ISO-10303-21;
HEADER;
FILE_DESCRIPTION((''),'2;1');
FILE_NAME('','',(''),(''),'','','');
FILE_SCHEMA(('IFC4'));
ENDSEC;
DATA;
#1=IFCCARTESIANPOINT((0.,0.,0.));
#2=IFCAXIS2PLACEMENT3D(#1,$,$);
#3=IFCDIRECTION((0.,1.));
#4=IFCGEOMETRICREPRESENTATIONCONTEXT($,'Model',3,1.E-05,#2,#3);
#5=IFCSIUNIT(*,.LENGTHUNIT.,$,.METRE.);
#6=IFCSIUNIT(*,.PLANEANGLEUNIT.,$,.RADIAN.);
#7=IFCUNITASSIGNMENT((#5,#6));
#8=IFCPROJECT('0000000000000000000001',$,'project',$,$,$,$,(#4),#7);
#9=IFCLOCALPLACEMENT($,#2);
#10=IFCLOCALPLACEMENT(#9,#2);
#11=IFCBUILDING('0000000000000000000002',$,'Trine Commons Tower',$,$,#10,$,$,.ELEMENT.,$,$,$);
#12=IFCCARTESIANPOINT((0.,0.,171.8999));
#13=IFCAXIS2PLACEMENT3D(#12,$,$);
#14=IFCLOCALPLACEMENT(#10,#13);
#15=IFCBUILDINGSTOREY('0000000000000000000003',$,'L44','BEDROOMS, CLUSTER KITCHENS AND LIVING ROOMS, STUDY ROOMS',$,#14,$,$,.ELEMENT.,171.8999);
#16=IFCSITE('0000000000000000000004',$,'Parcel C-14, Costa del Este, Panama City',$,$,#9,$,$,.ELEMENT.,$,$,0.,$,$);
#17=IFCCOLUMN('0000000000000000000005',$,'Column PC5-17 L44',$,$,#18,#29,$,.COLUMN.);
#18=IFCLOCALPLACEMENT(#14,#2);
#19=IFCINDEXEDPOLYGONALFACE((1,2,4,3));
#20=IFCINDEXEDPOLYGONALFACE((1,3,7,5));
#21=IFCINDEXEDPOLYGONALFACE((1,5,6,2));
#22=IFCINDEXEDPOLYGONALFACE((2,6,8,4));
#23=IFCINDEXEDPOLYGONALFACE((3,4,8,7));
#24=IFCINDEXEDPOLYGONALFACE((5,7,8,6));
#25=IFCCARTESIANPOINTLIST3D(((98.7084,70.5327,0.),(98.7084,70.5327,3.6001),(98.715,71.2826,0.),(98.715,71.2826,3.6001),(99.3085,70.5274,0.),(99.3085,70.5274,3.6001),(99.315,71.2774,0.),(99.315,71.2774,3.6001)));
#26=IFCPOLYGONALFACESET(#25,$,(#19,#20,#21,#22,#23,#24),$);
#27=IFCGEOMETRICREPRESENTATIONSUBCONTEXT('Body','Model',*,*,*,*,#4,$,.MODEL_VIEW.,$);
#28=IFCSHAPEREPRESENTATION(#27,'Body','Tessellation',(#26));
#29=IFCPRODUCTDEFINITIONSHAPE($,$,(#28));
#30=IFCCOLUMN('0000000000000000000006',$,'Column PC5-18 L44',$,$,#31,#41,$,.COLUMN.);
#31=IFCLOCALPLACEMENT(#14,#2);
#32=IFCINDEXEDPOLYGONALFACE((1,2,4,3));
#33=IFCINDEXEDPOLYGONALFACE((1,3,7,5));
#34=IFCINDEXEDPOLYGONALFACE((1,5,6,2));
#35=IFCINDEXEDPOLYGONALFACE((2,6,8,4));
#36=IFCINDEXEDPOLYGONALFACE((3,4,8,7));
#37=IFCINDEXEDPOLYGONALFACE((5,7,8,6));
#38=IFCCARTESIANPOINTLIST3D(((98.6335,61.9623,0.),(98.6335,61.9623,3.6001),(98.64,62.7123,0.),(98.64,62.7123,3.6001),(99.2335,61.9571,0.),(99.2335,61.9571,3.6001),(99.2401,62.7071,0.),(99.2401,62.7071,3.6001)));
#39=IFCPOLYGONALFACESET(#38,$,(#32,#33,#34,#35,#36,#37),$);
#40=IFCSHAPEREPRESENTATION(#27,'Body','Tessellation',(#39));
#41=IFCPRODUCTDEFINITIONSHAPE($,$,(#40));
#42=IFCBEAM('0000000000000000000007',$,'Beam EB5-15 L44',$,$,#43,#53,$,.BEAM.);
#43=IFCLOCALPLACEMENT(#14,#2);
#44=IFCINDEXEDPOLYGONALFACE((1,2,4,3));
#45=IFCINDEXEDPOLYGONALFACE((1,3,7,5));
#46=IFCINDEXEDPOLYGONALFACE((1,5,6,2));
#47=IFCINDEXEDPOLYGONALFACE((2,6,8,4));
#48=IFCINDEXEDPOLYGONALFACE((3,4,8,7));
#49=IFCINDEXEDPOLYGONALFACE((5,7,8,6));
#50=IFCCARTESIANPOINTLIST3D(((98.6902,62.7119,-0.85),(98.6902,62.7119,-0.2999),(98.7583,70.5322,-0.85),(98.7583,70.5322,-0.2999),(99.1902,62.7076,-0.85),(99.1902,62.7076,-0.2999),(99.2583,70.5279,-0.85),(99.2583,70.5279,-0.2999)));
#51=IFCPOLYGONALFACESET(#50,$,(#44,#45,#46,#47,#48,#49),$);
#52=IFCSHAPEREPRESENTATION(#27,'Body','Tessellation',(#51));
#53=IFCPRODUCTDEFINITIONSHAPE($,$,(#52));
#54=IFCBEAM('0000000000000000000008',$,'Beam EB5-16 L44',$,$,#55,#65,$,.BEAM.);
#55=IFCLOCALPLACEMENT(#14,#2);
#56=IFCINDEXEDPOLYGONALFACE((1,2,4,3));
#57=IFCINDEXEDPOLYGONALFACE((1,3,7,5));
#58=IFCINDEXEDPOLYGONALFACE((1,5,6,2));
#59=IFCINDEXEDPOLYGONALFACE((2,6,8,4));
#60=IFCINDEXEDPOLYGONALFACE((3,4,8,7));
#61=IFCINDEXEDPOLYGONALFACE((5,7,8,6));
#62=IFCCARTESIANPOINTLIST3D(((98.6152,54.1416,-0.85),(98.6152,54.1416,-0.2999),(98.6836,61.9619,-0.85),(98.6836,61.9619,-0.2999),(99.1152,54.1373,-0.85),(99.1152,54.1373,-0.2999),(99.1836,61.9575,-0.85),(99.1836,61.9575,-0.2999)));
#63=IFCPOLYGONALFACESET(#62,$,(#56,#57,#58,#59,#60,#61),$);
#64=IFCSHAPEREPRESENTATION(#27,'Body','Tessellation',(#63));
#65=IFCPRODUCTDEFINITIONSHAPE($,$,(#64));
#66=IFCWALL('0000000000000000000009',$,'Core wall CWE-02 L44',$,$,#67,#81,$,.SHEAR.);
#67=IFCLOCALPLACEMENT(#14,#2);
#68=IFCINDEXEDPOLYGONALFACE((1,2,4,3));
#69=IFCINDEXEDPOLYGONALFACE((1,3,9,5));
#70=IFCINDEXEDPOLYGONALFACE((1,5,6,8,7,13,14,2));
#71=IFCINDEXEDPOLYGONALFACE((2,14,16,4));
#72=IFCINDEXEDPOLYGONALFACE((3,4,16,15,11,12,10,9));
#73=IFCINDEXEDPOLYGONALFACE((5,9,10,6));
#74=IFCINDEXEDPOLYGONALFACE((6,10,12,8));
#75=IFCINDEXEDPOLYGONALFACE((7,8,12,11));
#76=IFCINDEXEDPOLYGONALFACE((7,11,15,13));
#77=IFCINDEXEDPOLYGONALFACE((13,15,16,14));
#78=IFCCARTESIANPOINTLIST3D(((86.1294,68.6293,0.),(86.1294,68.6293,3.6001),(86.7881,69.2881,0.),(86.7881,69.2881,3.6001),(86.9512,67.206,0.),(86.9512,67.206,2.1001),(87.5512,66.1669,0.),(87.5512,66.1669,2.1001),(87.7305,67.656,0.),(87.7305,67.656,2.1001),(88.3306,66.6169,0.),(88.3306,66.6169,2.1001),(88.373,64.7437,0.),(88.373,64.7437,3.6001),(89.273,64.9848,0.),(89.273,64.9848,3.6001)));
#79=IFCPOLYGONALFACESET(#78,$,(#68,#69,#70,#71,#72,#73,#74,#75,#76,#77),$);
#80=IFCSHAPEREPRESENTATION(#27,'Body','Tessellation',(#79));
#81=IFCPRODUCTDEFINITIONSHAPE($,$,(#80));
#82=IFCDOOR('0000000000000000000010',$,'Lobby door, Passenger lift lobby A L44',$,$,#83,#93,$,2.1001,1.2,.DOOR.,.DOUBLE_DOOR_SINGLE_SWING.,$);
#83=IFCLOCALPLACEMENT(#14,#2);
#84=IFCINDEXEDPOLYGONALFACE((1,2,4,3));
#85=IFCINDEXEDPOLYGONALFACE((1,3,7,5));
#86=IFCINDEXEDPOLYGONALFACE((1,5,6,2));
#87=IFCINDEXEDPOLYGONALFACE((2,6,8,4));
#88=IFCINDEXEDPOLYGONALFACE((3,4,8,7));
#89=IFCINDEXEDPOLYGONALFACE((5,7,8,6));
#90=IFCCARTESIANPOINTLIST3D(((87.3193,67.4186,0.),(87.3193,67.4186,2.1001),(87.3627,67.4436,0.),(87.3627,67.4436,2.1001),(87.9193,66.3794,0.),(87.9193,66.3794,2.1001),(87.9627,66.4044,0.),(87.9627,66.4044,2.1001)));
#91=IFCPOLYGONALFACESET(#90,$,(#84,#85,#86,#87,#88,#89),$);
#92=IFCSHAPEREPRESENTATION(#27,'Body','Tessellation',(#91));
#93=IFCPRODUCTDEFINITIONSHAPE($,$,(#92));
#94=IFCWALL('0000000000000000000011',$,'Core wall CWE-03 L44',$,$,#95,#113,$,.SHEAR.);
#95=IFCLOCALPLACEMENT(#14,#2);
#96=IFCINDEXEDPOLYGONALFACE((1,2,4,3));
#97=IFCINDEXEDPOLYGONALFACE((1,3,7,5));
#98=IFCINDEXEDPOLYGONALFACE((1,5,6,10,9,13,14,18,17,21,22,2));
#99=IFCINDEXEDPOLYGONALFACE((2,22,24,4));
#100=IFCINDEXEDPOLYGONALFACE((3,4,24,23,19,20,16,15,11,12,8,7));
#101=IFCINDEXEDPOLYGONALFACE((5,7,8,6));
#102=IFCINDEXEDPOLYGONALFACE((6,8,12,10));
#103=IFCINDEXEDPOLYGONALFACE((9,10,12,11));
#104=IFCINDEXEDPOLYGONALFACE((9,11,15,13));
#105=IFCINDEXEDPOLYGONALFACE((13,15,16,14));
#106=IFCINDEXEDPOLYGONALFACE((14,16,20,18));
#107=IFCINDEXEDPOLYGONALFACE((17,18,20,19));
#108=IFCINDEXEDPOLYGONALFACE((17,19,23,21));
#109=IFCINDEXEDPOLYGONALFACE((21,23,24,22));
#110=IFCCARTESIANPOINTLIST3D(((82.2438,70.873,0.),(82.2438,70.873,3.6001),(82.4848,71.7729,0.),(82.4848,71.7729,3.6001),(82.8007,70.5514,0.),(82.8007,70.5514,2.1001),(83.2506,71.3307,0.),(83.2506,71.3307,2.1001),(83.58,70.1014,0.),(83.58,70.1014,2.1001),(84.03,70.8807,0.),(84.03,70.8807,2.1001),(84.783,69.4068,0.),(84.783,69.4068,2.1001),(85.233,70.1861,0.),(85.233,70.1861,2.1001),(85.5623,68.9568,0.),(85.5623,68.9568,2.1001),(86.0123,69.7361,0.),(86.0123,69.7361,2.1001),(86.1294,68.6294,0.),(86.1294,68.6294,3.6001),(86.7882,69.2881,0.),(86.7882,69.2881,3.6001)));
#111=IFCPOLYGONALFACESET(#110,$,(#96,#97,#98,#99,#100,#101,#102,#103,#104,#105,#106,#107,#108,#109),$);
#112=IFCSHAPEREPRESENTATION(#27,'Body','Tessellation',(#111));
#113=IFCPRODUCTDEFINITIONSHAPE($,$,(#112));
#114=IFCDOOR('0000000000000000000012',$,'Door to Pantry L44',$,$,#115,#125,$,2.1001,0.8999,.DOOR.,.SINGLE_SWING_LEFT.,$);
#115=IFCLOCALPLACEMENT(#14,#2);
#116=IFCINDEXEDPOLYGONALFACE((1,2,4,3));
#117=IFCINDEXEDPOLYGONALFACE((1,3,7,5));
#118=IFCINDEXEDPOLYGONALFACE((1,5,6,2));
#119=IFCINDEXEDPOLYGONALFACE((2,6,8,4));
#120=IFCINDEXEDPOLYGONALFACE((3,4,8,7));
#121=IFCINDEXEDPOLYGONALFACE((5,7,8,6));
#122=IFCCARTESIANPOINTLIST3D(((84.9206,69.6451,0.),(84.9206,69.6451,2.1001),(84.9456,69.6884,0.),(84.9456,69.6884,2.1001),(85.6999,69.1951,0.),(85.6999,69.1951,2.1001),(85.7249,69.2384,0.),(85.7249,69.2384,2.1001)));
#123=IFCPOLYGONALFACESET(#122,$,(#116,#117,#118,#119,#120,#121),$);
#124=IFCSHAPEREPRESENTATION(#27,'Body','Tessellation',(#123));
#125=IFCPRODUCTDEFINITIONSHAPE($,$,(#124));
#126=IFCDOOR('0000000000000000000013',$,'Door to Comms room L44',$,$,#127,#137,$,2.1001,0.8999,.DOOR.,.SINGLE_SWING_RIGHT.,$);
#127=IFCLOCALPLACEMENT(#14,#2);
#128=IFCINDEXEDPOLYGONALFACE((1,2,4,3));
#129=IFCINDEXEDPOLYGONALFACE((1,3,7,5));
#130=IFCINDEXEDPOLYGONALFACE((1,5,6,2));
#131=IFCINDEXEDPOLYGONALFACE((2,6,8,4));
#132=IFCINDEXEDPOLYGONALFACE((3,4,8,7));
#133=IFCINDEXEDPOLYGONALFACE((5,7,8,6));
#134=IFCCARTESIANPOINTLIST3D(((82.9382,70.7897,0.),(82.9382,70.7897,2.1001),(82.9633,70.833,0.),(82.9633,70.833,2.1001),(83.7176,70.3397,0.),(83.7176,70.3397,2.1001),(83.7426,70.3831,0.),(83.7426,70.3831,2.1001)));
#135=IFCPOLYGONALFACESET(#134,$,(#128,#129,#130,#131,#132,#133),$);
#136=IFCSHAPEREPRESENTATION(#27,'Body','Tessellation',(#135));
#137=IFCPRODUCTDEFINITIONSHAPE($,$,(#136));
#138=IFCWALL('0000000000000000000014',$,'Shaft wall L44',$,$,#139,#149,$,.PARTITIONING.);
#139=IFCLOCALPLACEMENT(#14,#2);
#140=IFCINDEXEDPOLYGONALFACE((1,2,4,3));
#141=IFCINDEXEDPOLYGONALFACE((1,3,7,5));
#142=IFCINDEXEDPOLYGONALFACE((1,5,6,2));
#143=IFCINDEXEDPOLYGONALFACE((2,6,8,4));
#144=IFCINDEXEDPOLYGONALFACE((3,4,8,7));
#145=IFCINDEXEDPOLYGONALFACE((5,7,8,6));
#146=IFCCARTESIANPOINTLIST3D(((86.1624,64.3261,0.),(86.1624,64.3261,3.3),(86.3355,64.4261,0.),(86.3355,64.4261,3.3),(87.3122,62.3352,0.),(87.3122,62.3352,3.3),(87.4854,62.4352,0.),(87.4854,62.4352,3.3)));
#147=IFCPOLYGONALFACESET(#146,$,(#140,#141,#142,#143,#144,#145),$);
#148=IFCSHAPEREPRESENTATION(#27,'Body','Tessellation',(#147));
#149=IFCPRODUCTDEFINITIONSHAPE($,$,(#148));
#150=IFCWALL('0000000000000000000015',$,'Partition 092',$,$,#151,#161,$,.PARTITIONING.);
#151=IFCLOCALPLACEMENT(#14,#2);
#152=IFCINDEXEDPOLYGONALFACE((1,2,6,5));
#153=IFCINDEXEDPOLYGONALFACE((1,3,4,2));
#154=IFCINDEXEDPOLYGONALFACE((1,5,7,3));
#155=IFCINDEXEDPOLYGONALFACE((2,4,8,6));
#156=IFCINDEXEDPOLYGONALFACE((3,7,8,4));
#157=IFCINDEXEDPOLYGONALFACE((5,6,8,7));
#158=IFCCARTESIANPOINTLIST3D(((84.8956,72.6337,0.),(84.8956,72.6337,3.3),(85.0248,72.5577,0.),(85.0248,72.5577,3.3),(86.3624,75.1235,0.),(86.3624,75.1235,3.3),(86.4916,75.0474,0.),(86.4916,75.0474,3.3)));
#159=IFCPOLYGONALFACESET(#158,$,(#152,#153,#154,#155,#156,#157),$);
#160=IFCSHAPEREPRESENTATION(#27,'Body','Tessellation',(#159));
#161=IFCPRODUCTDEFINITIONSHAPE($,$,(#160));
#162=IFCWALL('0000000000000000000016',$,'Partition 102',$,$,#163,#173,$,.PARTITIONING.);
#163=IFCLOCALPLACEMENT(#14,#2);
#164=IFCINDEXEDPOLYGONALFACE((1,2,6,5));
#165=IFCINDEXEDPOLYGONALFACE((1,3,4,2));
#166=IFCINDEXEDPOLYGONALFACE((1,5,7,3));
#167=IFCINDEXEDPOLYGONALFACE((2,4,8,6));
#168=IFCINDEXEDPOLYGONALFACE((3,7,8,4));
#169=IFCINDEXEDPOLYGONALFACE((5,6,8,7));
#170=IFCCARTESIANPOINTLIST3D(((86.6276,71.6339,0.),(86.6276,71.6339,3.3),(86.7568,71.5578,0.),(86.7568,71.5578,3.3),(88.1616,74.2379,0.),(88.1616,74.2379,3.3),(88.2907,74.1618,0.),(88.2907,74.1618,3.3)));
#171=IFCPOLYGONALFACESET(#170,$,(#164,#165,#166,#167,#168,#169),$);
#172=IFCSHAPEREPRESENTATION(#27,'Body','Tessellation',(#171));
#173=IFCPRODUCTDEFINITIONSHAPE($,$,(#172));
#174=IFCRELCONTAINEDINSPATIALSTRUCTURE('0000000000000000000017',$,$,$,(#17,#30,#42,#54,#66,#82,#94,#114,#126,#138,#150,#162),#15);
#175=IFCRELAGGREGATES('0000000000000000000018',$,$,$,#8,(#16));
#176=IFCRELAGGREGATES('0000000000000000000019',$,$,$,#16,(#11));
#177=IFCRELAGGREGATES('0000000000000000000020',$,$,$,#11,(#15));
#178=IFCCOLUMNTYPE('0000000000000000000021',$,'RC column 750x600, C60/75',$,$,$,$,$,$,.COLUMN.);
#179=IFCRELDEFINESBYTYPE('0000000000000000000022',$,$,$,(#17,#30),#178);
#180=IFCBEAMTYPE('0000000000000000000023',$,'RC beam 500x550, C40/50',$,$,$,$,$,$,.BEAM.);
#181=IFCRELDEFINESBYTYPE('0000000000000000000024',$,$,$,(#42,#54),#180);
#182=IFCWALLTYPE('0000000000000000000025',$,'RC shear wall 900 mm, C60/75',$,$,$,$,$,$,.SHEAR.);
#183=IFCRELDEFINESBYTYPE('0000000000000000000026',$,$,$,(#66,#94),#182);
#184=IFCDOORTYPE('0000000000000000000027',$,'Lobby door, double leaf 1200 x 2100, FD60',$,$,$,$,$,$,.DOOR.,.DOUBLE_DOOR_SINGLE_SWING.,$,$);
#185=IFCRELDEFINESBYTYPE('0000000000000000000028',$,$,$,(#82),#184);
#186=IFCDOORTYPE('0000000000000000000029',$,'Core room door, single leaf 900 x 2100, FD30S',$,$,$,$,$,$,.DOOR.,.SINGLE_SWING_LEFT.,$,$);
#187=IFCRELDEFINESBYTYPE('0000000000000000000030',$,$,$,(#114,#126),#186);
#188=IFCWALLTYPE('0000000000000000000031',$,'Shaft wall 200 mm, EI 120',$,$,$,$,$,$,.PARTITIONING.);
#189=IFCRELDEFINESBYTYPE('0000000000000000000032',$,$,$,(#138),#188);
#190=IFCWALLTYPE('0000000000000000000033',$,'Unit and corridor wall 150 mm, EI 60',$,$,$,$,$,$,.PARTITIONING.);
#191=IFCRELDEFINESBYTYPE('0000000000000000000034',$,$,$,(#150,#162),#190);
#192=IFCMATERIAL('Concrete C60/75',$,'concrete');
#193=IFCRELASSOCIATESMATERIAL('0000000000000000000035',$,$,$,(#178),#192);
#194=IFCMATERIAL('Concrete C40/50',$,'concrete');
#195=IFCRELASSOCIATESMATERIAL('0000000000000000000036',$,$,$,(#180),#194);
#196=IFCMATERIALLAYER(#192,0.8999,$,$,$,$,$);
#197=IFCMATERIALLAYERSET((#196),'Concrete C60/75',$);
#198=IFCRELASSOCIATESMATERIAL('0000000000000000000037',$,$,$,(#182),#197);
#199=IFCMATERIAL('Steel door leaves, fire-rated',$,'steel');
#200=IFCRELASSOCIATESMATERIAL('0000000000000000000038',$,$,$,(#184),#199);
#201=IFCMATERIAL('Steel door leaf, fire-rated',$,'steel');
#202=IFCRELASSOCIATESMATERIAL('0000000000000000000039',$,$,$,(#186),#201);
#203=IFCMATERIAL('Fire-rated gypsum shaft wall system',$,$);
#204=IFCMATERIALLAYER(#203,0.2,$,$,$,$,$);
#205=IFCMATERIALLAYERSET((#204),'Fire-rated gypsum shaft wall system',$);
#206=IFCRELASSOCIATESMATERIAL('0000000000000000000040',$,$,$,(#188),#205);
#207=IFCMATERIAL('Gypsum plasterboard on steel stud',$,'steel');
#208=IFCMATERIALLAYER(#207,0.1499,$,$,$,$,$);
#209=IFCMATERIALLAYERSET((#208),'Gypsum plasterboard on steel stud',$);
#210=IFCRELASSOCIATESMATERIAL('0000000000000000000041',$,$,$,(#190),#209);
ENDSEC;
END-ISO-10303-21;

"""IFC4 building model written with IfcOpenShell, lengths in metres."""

from ifc_helpers import new_model, si_unit, direction, frame, frame_2d, origin, origin_2d, place, context, subcontext, project, spatial, polyline, rectangle, outline, extrude, material, layer, layer_set, material_profile, profile_set, type_object, element, fill, save


model = new_model("IFC4")

# Units and contexts
model_context = context("Model", 3, precision=1e-05, world=origin(), true_north=direction((0.0, 1.0)))
body_context = subcontext(model_context, "Body", "Model", "MODEL_VIEW")
ifc_project = project(units=[si_unit("LENGTHUNIT", "METRE"), si_unit("PLANEANGLEUNIT", "RADIAN")], contexts=[model_context])

# Site, building, storey
site_placement = place(None, origin())
site = spatial("IfcSite", under=ifc_project, at=site_placement, Name="Parcel C-14, Costa del Este, Panama City", CompositionType="ELEMENT", RefElevation=0.0)
building_placement = place(site_placement, origin())
building = spatial("IfcBuilding", under=site, at=building_placement, Name="Trine Commons Tower", CompositionType="ELEMENT")
storey_placement = place(building_placement, frame((0.0, 0.0, 171.8999)))
storey = spatial("IfcBuildingStorey", under=building, at=storey_placement, Name="L44", Description="BEDROOMS, CLUSTER KITCHENS AND LIVING ROOMS, STUDY ROOMS", CompositionType="ELEMENT", Elevation=171.8999)

# Columns
ifc_material_1 = material(Name="Concrete C60/75", Category="concrete")
ifc_material_profile_1 = material_profile(ifc_material_1, rectangle(XDim=0.75, YDim=0.6001, at=origin_2d()), Name="RC 750x600")
ifc_profile_set_1 = profile_set([ifc_material_profile_1], Name="Concrete C60/75")
column_type = type_object("IfcColumnType", Name="RC column 750x600, C60/75", PredefinedType="COLUMN", material=ifc_profile_set_1)
for number, where, z_axis, x_axis, name in (
    (1, (99.0117, 70.905, 0.0), (0.0, 0.0, 1.0), (0.008727, 0.999962, 0.0), "Column PC5-17 L44"),
    (2, (98.9368, 62.3347, 0.0), (0.0, 0.0, 1.0), (0.008727, 0.999962, 0.0), "Column PC5-18 L44"),
):
    element("IfcColumn", number, at=place(storey_placement, frame(where, z_axis=z_axis, x_axis=x_axis)), inside=storey, type_object=column_type, Name=name, PredefinedType="COLUMN", context=body_context, shape_type="SweptSolid", body=[
        extrude(rectangle(XDim=0.75, YDim=0.6001, at=origin_2d()), origin(), (0.0, 0.0, 1.0), 3.6001),
    ])

# Beams
ifc_material_2 = material(Name="Concrete C40/50", Category="concrete")
ifc_material_profile_2 = material_profile(ifc_material_2, rectangle(XDim=0.5, YDim=0.55, at=origin_2d()), Name="RC 500x550")
ifc_profile_set_2 = profile_set([ifc_material_profile_2], Name="Concrete C40/50")
beam_type = type_object("IfcBeamType", Name="RC beam 500x550, C40/50", PredefinedType="BEAM", material=ifc_profile_set_2)
for number, where, z_axis, x_axis, name in (
    (3, (99.0083, 70.53, -0.575), (-0.00871, -0.999962, 0.0), (0.999962, -0.00871, 0.0), "Beam EB5-15 L44"),
    (4, (98.9336, 61.9597, -0.575), (-0.008741, -0.999962, 0.0), (0.999962, -0.008741, 0.0), "Beam EB5-16 L44"),
):
    element("IfcBeam", number, at=place(storey_placement, frame(where, z_axis=z_axis, x_axis=x_axis)), inside=storey, type_object=beam_type, Name=name, PredefinedType="BEAM", context=body_context, shape_type="SweptSolid", body=[
        extrude(rectangle(XDim=0.5, YDim=0.55, at=origin_2d()), origin(), (0.0, 0.0, 1.0), 7.8206),
    ])

# Wall, opening, door
ifc_layer_1 = layer(ifc_material_1, 0.8999)
ifc_layer_set_1 = layer_set([ifc_layer_1], Name="Concrete C60/75")
wall_type_1 = type_object("IfcWallType", Name="RC shear wall 900 mm, C60/75", PredefinedType="SHEAR", material=ifc_layer_set_1)
wall_1_placement = place(storey_placement, frame((88.8833, 64.7598, 0.0), z_axis=(0.0, 0.0, 1.0), x_axis=(-0.500039, 0.866003, 0.0)))
wall_1 = element("IfcWall", 5, at=wall_1_placement, inside=storey, type_object=wall_type_1, Name="Core wall CWE-02 L44", PredefinedType="SHEAR", context=body_context, shape_type="SweptSolid", body=[
    extrude(outline(polyline([(0.0, -0.45), (4.9692, -0.45), (4.728, 0.45), (0.2412, 0.45), (0.0, -0.45)])), origin(), (0.0, 0.0, 1.0), 3.6001),
])
opening_1_placement = place(wall_1_placement, frame((1.8845, 0.0, 0.0)))
opening_1 = element("IfcOpeningElement", 6, at=opening_1_placement, cuts=wall_1, PredefinedType="OPENING", context=body_context, shape_type="SweptSolid", body=[
    extrude(rectangle(XDim=1.2, YDim=2.1001, at=frame_2d((0.6001, 1.05))), frame((0.0, 0.46, 0.0), z_axis=(0.0, -1.0, 0.0), x_axis=(1.0, 0.0, 0.0)), (0.0, 0.0, 1.0), 0.9199),
])
ifc_material_3 = material(Name="Steel door leaves, fire-rated", Category="steel")
door_type_1 = type_object("IfcDoorType", Name="Lobby door, double leaf 1200 x 2100, FD60", OperationType="DOUBLE_DOOR_SINGLE_SWING", PredefinedType="DOOR", material=ifc_material_3)
door_1_placement = place(opening_1_placement, origin())
door_1 = element("IfcDoor", 7, at=door_1_placement, inside=storey, type_object=door_type_1, Name="Lobby door, Passenger lift lobby A L44", OperationType="DOUBLE_DOOR_SINGLE_SWING", OverallHeight=2.1001, OverallWidth=1.2, PredefinedType="DOOR", context=body_context, shape_type="SweptSolid", body=[
    extrude(rectangle(XDim=1.2, YDim=2.1001, at=frame_2d((0.6001, 1.05))), frame((0.0, 0.0249, 0.0), z_axis=(0.0, -1.0, 0.0), x_axis=(1.0, 0.0, 0.0)), (0.0, 0.0, 1.0), 0.05),
])
fill(opening_1, door_1)

# Wall, openings, doors
wall_2_placement = place(storey_placement, frame((86.5632, 68.8984, 0.0), z_axis=(0.0, 0.0, 1.0), x_axis=(-0.866003, 0.500039, 0.0)))
wall_2 = element("IfcWall", 8, at=wall_2_placement, inside=storey, type_object=wall_type_1, Name="Core wall CWE-03 L44", PredefinedType="SHEAR", context=body_context, shape_type="SweptSolid", body=[
    extrude(outline(polyline([(0.0, -0.45), (4.9692, -0.45), (4.728, 0.45), (0.2412, 0.45), (0.0, -0.45)])), origin(), (0.0, 0.0, 1.0), 3.6001),
])
opening_2_placement = place(wall_2_placement, frame((0.896, 0.0, 0.0)))
opening_2 = element("IfcOpeningElement", 9, at=opening_2_placement, cuts=wall_2, PredefinedType="OPENING", context=body_context, shape_type="SweptSolid", body=[
    extrude(rectangle(XDim=0.8999, YDim=2.1001, at=frame_2d((0.45, 1.05))), frame((0.0, 0.46, 0.0), z_axis=(0.0, -1.0, 0.0), x_axis=(1.0, 0.0, 0.0)), (0.0, 0.0, 1.0), 0.9199),
])
opening_3_placement = place(wall_2_placement, frame((3.1851, 0.0, 0.0)))
opening_3 = element("IfcOpeningElement", 10, at=opening_3_placement, cuts=wall_2, PredefinedType="OPENING", context=body_context, shape_type="SweptSolid", body=[
    extrude(rectangle(XDim=0.8999, YDim=2.1001, at=frame_2d((0.45, 1.05))), frame((0.0, 0.46, 0.0), z_axis=(0.0, -1.0, 0.0), x_axis=(1.0, 0.0, 0.0)), (0.0, 0.0, 1.0), 0.9199),
])
ifc_material_4 = material(Name="Steel door leaf, fire-rated", Category="steel")
door_type_2 = type_object("IfcDoorType", Name="Core room door, single leaf 900 x 2100, FD30S", OperationType="SINGLE_SWING_LEFT", PredefinedType="DOOR", material=ifc_material_4)
door_2_placement = place(opening_2_placement, origin())
door_2 = element("IfcDoor", 11, at=door_2_placement, inside=storey, type_object=door_type_2, Name="Door to Pantry L44", OperationType="SINGLE_SWING_LEFT", OverallHeight=2.1001, OverallWidth=0.8999, PredefinedType="DOOR", context=body_context, shape_type="SweptSolid", body=[
    extrude(rectangle(XDim=0.8999, YDim=2.1001, at=frame_2d((0.45, 1.05))), frame((0.0, 0.1748, 0.0), z_axis=(0.0, -1.0, 0.0), x_axis=(1.0, 0.0, 0.0)), (0.0, 0.0, 1.0), 0.05),
])
fill(opening_2, door_2)
door_3_placement = place(opening_3_placement, origin())
door_3 = element("IfcDoor", 12, at=door_3_placement, inside=storey, type_object=door_type_2, Name="Door to Comms room L44", OperationType="SINGLE_SWING_RIGHT", OverallHeight=2.1001, OverallWidth=0.8999, PredefinedType="DOOR", context=body_context, shape_type="SweptSolid", body=[
    extrude(rectangle(XDim=0.8999, YDim=2.1001, at=frame_2d((0.45, 1.05))), frame((0.0, 0.1748, 0.0), z_axis=(0.0, -1.0, 0.0), x_axis=(1.0, 0.0, 0.0)), (0.0, 0.0, 1.0), 0.05),
])
fill(opening_3, door_3)

# Walls
ifc_material_5 = material(Name="Fire-rated gypsum shaft wall system")
ifc_layer_2 = layer(ifc_material_5, 0.2)
ifc_layer_set_2 = layer_set([ifc_layer_2], Name="Fire-rated gypsum shaft wall system")
wall_type_2 = type_object("IfcWallType", Name="Shaft wall 200 mm, EI 120", PredefinedType="PARTITIONING", material=ifc_layer_set_2)
wall_3_placement = place(storey_placement, frame((86.249, 64.376, 0.0), z_axis=(0.0, 0.0, 1.0), x_axis=(0.500136, -0.865947, 0.0)))
element("IfcWall", 13, at=wall_3_placement, inside=storey, type_object=wall_type_2, Name="Shaft wall L44", PredefinedType="PARTITIONING", context=body_context, shape_type="SweptSolid", body=[
    extrude(rectangle(XDim=2.2991, YDim=0.2, at=frame_2d((1.1494, 0.0))), origin(), (0.0, 0.0, 1.0), 3.3),
])
ifc_material_6 = material(Name="Gypsum plasterboard on steel stud", Category="steel")
ifc_layer_3 = layer(ifc_material_6, 0.1499)
ifc_layer_set_3 = layer_set([ifc_layer_3], Name="Gypsum plasterboard on steel stud")
wall_type_3 = type_object("IfcWallType", Name="Unit and corridor wall 150 mm, EI 60", PredefinedType="PARTITIONING", material=ifc_layer_set_3)
wall_4_placement = place(storey_placement, frame((84.9602, 72.5957, 0.0), z_axis=(0.0, 0.0, 1.0), x_axis=(0.507596, 0.861595, 0.0)))
element("IfcWall", 14, at=wall_4_placement, inside=storey, type_object=wall_type_3, Name="Partition 092", PredefinedType="PARTITIONING", context=body_context, shape_type="SweptSolid", body=[
    extrude(rectangle(XDim=2.8896, YDim=0.1499, at=frame_2d((1.4448, 0.0))), origin(), (0.0, 0.0, 1.0), 3.3),
])
wall_5_placement = place(storey_placement, frame((86.6921, 71.5957, 0.0), z_axis=(0.0, 0.0, 1.0), x_axis=(0.507553, 0.86162, 0.0)))
element("IfcWall", 15, at=wall_5_placement, inside=storey, type_object=wall_type_3, Name="Partition 102", PredefinedType="PARTITIONING", context=body_context, shape_type="SweptSolid", body=[
    extrude(rectangle(XDim=3.0222, YDim=0.1499, at=frame_2d((1.5112, 0.0))), origin(), (0.0, 0.0, 1.0), 3.3),
])

save(model, "model.ifc")
